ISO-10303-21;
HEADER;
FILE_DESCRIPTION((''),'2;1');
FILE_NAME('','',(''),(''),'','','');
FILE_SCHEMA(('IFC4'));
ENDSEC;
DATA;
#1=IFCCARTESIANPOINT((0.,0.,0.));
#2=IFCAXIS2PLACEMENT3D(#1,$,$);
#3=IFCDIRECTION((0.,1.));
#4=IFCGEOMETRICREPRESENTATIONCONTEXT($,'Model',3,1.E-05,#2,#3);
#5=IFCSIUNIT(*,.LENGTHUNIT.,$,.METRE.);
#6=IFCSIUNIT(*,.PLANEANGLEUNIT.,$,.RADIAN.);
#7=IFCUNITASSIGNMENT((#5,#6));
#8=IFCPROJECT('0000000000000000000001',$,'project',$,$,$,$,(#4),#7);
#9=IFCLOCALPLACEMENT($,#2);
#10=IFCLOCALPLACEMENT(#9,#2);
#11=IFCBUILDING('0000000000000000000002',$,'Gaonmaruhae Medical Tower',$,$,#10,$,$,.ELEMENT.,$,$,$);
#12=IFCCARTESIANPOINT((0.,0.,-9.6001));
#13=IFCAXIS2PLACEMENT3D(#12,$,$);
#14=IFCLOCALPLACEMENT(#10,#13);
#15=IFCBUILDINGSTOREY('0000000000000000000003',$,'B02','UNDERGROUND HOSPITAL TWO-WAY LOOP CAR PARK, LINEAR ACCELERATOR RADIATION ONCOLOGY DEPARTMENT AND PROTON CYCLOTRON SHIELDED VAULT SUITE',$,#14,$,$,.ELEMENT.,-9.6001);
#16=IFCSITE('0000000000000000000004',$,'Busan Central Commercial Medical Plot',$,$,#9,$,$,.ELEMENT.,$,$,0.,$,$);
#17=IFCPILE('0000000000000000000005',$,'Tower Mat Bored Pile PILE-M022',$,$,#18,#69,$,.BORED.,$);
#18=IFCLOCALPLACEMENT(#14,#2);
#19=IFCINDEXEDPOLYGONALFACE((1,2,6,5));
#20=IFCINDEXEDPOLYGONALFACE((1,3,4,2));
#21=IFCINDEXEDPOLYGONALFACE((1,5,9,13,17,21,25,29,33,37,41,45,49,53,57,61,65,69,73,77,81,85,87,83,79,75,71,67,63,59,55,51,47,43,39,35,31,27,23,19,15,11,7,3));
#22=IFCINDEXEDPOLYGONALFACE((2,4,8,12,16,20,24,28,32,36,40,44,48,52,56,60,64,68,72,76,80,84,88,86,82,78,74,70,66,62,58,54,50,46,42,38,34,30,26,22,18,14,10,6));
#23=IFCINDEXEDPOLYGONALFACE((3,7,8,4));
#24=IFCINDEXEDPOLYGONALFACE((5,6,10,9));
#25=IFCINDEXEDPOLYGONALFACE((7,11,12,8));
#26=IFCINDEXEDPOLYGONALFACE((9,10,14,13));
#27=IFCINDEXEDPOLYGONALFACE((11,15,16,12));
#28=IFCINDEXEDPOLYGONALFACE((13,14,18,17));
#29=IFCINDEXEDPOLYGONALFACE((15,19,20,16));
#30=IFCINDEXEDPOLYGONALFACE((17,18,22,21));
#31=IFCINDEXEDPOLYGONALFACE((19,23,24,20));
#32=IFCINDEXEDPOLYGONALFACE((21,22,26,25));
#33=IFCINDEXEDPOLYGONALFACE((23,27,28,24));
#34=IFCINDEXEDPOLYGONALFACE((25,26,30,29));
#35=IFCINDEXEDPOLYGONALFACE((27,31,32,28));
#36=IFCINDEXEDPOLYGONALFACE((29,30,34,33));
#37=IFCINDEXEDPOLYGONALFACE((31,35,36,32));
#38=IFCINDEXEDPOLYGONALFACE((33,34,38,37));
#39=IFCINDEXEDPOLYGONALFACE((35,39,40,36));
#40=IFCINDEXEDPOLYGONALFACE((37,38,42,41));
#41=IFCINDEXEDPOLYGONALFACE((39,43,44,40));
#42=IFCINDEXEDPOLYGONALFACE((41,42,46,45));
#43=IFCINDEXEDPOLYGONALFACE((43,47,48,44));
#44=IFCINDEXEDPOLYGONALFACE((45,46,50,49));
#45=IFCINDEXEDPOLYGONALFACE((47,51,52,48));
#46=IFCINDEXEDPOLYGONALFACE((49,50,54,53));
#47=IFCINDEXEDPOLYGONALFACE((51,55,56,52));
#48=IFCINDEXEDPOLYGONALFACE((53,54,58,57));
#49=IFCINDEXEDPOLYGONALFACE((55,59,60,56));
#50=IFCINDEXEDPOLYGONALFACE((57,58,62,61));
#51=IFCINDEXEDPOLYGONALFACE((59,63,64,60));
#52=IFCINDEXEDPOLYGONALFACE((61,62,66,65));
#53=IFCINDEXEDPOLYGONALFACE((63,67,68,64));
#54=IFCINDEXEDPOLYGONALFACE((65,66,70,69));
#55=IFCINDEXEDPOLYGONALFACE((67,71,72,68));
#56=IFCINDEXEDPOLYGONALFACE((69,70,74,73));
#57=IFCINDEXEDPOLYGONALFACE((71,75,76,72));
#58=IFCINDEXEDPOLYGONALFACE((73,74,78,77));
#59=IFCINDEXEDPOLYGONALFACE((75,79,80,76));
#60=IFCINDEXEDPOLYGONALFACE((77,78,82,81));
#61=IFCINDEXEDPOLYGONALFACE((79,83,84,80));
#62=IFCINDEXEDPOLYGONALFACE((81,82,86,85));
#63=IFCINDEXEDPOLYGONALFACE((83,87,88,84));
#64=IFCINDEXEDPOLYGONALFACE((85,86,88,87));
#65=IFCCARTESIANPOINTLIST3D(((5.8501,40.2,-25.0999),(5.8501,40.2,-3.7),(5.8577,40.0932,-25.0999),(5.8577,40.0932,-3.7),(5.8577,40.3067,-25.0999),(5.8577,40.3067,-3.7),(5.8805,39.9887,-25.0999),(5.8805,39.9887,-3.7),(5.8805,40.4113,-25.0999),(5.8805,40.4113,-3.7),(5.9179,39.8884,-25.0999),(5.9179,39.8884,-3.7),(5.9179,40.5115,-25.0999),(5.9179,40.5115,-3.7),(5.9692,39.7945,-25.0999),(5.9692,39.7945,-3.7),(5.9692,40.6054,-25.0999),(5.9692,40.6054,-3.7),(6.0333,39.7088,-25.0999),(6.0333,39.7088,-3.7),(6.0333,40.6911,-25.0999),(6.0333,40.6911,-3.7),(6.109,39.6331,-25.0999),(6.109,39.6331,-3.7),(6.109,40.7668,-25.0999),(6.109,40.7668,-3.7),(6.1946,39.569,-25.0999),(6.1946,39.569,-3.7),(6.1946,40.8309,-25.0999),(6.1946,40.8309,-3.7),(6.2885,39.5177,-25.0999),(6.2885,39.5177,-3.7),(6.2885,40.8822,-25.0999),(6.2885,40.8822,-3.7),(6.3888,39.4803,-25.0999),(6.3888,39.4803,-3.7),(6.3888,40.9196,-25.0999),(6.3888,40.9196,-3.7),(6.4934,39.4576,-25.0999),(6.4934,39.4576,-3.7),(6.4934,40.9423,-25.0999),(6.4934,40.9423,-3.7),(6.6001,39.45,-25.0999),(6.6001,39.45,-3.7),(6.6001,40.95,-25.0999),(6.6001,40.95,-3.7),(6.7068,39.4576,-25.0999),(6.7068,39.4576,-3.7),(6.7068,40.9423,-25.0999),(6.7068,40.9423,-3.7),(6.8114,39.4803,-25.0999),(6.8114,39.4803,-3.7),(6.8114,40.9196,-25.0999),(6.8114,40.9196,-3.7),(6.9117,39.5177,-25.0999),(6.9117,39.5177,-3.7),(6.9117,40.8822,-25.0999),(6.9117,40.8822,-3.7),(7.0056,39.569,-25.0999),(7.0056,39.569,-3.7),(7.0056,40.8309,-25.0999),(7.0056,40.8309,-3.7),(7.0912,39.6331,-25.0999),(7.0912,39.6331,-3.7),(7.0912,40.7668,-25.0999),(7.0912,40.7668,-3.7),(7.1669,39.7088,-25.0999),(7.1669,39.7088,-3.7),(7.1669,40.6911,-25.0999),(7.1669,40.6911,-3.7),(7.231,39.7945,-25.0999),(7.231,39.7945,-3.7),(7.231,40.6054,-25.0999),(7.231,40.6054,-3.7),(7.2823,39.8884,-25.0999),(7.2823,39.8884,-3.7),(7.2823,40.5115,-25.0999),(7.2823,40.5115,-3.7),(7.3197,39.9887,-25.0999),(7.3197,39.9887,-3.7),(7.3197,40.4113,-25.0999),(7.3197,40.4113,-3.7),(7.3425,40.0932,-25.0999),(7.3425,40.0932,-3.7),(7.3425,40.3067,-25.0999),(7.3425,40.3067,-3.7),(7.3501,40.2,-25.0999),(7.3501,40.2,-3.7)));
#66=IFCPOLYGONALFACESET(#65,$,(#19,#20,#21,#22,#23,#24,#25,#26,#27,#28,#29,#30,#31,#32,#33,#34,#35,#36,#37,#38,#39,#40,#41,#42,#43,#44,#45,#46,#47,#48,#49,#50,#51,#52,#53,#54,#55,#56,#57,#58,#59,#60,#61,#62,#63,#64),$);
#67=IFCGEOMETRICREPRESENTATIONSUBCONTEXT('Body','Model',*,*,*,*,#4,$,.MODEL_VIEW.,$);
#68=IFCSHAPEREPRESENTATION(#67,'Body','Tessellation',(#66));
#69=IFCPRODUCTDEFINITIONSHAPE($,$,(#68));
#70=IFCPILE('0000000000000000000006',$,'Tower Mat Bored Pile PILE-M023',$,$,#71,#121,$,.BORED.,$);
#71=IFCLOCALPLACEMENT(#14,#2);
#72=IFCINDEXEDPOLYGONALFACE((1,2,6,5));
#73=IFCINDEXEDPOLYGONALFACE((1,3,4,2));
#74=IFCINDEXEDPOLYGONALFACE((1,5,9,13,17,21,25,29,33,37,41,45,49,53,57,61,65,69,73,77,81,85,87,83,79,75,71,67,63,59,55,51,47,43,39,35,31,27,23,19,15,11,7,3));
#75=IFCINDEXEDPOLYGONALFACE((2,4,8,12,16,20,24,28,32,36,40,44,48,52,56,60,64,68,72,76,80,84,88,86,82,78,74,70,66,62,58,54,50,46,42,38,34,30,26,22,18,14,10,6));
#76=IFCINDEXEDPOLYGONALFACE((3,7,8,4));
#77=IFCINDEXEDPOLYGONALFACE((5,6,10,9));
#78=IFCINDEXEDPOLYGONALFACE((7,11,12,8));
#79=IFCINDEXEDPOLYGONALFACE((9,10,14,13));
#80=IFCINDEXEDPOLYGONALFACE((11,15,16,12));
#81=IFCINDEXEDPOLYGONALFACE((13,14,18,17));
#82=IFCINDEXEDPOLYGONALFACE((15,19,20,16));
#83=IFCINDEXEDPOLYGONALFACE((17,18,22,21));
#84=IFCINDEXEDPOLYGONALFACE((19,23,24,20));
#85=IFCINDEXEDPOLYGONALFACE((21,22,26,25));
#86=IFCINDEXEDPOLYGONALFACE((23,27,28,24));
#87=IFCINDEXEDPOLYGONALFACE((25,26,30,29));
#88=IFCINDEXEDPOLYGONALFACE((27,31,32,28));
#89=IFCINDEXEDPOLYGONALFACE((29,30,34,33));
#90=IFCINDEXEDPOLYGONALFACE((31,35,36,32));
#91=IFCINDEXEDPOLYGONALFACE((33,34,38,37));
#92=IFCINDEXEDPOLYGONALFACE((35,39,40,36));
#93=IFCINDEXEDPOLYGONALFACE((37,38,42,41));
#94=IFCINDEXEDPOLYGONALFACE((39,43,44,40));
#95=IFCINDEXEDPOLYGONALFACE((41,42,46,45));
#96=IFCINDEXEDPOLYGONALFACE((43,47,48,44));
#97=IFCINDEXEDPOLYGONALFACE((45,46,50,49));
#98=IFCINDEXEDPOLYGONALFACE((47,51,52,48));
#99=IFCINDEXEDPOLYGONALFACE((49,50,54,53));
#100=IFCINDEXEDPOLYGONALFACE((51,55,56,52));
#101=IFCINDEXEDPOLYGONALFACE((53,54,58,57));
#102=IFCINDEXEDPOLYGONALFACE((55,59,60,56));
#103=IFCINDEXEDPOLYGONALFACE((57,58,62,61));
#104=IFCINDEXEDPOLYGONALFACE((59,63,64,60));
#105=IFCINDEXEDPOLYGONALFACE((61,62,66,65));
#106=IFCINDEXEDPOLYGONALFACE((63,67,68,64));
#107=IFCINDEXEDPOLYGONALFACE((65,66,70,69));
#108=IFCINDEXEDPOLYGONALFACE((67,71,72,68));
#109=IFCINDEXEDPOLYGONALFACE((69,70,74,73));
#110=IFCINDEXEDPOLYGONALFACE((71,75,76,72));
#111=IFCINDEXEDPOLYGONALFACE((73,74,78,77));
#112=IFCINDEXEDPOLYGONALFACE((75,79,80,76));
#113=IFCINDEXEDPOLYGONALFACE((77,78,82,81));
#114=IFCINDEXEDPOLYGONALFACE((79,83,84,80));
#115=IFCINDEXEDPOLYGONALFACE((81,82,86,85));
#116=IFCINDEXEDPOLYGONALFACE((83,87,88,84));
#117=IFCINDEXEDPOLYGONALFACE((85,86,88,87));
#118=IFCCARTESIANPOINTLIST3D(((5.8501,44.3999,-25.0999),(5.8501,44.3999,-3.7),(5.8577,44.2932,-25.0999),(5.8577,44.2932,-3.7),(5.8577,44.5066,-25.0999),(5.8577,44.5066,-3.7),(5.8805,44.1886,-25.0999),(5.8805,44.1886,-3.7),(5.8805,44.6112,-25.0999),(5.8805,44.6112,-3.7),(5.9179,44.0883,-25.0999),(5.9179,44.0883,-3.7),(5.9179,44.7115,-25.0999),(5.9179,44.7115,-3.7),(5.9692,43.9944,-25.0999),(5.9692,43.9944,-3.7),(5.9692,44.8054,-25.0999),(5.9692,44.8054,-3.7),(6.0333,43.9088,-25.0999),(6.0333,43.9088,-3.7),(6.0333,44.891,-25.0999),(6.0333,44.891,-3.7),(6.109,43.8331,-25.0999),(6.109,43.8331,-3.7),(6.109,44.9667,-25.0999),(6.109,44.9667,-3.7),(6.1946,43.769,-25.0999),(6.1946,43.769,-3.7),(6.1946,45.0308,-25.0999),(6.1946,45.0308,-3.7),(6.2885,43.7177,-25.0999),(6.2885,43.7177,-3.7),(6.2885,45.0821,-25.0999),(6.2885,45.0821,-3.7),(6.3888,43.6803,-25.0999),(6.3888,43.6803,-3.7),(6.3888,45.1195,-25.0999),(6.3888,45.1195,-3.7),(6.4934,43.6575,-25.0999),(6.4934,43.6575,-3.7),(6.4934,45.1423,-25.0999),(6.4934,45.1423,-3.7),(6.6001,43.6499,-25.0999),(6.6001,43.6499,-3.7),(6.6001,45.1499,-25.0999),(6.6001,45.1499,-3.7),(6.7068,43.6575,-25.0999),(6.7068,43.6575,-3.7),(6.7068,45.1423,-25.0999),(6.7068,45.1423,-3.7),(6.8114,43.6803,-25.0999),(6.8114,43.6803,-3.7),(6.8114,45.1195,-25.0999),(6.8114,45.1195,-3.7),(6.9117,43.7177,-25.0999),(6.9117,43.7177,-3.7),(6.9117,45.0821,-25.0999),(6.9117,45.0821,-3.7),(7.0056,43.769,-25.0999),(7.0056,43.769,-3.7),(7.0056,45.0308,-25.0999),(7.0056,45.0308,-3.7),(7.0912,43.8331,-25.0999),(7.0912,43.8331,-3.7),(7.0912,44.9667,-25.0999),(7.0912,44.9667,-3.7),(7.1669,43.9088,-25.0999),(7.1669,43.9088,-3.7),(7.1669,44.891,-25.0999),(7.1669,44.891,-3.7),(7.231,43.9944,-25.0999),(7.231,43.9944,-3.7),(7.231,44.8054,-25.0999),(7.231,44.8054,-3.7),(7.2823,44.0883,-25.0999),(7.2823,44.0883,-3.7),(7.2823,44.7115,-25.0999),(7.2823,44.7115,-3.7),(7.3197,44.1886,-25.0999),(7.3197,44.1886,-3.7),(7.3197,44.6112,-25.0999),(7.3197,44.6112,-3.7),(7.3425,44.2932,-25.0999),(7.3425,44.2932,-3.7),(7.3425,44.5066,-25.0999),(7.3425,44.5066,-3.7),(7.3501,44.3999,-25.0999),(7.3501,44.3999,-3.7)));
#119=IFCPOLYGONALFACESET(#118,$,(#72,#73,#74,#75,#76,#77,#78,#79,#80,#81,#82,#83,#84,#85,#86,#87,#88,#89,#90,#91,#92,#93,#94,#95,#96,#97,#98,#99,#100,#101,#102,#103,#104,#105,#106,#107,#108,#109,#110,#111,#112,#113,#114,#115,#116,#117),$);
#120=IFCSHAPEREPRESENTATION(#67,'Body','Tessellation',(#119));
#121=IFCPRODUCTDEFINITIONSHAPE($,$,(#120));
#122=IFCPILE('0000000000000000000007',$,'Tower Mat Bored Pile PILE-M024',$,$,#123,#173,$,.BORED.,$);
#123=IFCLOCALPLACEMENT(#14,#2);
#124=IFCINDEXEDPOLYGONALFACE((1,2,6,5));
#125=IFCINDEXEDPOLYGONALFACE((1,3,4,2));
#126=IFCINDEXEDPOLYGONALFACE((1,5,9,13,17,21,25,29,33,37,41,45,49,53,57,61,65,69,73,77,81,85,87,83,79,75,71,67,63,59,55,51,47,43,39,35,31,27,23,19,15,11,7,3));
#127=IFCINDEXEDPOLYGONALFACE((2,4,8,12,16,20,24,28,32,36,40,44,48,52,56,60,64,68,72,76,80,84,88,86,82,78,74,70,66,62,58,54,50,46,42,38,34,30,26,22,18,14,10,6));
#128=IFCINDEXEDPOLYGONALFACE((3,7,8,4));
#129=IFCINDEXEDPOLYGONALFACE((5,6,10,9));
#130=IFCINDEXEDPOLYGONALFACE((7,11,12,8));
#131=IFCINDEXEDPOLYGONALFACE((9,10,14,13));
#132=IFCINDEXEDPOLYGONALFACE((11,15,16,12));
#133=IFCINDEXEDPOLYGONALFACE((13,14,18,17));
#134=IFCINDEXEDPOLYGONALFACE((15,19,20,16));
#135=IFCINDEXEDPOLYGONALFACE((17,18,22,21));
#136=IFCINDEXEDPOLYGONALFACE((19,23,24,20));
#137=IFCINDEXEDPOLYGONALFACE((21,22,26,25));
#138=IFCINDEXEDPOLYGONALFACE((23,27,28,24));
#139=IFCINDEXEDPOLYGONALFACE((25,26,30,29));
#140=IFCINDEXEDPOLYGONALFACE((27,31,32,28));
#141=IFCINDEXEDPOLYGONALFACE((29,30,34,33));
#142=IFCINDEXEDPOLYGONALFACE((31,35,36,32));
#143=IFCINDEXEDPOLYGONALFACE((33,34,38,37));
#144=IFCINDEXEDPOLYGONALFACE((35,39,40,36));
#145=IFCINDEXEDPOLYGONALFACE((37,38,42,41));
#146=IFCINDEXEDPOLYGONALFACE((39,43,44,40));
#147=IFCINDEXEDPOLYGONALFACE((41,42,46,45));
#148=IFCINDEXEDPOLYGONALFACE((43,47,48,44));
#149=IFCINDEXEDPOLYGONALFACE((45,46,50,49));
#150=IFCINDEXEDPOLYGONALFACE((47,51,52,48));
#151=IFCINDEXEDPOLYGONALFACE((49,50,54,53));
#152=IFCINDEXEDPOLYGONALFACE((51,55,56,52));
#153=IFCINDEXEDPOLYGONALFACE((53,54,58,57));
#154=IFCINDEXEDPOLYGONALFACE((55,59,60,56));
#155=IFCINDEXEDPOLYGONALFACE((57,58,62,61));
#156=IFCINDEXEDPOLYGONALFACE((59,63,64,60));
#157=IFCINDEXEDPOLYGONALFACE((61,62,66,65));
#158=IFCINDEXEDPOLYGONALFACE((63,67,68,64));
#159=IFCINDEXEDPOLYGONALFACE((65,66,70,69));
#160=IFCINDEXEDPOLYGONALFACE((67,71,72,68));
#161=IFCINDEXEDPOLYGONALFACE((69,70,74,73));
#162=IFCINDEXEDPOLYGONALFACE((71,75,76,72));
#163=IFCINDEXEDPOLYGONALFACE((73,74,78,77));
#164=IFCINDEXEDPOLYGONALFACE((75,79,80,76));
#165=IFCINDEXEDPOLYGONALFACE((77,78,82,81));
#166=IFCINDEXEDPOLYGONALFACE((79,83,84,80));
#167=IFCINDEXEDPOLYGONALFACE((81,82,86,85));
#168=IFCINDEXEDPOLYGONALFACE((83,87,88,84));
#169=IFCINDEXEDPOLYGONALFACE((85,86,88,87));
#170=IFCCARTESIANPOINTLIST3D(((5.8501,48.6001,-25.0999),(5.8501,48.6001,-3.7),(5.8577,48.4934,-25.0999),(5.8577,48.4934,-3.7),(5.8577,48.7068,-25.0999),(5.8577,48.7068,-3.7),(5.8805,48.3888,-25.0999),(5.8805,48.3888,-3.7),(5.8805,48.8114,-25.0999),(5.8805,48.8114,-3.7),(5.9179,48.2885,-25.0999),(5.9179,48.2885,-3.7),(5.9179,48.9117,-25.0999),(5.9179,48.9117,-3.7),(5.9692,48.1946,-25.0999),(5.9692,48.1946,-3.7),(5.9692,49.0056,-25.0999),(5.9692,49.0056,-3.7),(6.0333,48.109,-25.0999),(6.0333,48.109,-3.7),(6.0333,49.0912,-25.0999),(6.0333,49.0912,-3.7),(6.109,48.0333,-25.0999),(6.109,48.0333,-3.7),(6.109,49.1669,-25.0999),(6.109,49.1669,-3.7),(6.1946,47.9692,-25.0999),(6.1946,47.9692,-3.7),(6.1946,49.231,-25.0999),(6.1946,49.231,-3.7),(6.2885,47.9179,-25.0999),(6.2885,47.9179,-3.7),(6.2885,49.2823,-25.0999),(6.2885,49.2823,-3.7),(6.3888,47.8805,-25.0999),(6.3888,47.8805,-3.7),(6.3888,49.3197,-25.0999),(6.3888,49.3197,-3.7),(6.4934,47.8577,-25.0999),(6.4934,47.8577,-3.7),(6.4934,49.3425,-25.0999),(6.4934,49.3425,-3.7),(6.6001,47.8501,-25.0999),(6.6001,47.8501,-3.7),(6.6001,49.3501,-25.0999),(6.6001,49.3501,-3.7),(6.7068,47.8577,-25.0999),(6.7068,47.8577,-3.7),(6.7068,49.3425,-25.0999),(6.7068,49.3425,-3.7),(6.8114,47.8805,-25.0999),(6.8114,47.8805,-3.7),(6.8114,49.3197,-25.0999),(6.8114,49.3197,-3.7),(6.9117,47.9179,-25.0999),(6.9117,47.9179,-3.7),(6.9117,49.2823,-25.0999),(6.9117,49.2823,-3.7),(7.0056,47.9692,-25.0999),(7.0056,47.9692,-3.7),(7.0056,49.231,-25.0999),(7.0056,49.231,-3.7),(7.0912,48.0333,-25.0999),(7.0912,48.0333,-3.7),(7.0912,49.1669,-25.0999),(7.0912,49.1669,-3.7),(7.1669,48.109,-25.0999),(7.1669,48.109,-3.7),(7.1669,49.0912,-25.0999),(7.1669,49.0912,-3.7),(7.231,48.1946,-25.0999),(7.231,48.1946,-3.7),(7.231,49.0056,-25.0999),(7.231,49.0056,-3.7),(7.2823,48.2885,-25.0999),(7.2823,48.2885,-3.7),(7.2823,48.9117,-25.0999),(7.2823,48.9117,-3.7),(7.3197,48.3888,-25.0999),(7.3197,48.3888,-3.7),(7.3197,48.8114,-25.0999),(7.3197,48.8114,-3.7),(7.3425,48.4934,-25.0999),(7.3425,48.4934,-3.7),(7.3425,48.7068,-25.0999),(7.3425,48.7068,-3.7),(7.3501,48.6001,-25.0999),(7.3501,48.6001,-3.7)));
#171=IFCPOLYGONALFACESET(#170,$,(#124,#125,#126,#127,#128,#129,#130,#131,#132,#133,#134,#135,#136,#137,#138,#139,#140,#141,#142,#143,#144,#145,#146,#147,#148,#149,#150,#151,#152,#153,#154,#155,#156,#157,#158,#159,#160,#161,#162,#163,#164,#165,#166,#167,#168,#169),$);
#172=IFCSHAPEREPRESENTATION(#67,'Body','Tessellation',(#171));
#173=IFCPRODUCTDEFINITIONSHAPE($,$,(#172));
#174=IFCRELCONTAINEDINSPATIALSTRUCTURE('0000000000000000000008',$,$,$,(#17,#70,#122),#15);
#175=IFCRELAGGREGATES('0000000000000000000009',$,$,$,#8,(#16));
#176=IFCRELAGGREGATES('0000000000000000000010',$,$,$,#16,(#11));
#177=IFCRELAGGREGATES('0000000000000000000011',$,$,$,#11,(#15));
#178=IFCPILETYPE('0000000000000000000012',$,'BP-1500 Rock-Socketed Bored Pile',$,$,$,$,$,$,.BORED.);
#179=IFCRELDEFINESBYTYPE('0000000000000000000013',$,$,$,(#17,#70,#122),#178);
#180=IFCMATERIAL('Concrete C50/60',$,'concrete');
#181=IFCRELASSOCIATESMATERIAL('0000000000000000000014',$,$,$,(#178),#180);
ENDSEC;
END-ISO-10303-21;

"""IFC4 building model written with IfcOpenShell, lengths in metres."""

from ifc_helpers import new_model, si_unit, direction, frame, origin, origin_2d, place, context, subcontext, project, spatial, circle, extrude, material, material_profile, profile_set, type_object, element, save


model = new_model("IFC4")

# Units and contexts
model_context = context("Model", 3, precision=1e-05, world=origin(), true_north=direction((0.0, 1.0)))
body_context = subcontext(model_context, "Body", "Model", "MODEL_VIEW")
ifc_project = project(units=[si_unit("LENGTHUNIT", "METRE"), si_unit("PLANEANGLEUNIT", "RADIAN")], contexts=[model_context])

# Site, building, storey
site_placement = place(None, origin())
site = spatial("IfcSite", under=ifc_project, at=site_placement, Name="Busan Central Commercial Medical Plot", CompositionType="ELEMENT", RefElevation=0.0)
building_placement = place(site_placement, origin())
building = spatial("IfcBuilding", under=site, at=building_placement, Name="Gaonmaruhae Medical Tower", CompositionType="ELEMENT")
storey_placement = place(building_placement, frame((0.0, 0.0, -9.6001)))
storey = spatial("IfcBuildingStorey", under=building, at=storey_placement, Name="B02", Description="UNDERGROUND HOSPITAL TWO-WAY LOOP CAR PARK, LINEAR ACCELERATOR RADIATION ONCOLOGY DEPARTMENT AND PROTON CYCLOTRON SHIELDED VAULT SUITE", CompositionType="ELEMENT", Elevation=-9.6001)

# Piles
ifc_material_1 = material(Name="Concrete C50/60", Category="concrete")
ifc_material_profile_1 = material_profile(ifc_material_1, circle(Radius=0.75, at=origin_2d()), Name="PILE-D1500")
ifc_profile_set_1 = profile_set([ifc_material_profile_1], Name="Concrete C50/60")
pile_type = type_object("IfcPileType", Name="BP-1500 Rock-Socketed Bored Pile", PredefinedType="BORED", material=ifc_profile_set_1)
for number, where, z_axis, x_axis, name in (
    (1, (6.6001, 40.2, -3.7), (0.0, 0.0, -1.0), (1.0, 0.0, 0.0), "Tower Mat Bored Pile PILE-M022"),
    (2, (6.6001, 44.3999, -3.7), (0.0, 0.0, -1.0), (1.0, 0.0, 0.0), "Tower Mat Bored Pile PILE-M023"),
    (3, (6.6001, 48.6001, -3.7), (0.0, 0.0, -1.0), (1.0, 0.0, 0.0), "Tower Mat Bored Pile PILE-M024"),
):
    element("IfcPile", number, at=place(storey_placement, frame(where, z_axis=z_axis, x_axis=x_axis)), inside=storey, type_object=pile_type, Name=name, PredefinedType="BORED", context=body_context, shape_type="SweptSolid", body=[
        extrude(circle(Radius=0.75, at=origin_2d()), origin(), (0.0, 0.0, 1.0), 21.3999),
    ])

save(model, "model.ifc")
